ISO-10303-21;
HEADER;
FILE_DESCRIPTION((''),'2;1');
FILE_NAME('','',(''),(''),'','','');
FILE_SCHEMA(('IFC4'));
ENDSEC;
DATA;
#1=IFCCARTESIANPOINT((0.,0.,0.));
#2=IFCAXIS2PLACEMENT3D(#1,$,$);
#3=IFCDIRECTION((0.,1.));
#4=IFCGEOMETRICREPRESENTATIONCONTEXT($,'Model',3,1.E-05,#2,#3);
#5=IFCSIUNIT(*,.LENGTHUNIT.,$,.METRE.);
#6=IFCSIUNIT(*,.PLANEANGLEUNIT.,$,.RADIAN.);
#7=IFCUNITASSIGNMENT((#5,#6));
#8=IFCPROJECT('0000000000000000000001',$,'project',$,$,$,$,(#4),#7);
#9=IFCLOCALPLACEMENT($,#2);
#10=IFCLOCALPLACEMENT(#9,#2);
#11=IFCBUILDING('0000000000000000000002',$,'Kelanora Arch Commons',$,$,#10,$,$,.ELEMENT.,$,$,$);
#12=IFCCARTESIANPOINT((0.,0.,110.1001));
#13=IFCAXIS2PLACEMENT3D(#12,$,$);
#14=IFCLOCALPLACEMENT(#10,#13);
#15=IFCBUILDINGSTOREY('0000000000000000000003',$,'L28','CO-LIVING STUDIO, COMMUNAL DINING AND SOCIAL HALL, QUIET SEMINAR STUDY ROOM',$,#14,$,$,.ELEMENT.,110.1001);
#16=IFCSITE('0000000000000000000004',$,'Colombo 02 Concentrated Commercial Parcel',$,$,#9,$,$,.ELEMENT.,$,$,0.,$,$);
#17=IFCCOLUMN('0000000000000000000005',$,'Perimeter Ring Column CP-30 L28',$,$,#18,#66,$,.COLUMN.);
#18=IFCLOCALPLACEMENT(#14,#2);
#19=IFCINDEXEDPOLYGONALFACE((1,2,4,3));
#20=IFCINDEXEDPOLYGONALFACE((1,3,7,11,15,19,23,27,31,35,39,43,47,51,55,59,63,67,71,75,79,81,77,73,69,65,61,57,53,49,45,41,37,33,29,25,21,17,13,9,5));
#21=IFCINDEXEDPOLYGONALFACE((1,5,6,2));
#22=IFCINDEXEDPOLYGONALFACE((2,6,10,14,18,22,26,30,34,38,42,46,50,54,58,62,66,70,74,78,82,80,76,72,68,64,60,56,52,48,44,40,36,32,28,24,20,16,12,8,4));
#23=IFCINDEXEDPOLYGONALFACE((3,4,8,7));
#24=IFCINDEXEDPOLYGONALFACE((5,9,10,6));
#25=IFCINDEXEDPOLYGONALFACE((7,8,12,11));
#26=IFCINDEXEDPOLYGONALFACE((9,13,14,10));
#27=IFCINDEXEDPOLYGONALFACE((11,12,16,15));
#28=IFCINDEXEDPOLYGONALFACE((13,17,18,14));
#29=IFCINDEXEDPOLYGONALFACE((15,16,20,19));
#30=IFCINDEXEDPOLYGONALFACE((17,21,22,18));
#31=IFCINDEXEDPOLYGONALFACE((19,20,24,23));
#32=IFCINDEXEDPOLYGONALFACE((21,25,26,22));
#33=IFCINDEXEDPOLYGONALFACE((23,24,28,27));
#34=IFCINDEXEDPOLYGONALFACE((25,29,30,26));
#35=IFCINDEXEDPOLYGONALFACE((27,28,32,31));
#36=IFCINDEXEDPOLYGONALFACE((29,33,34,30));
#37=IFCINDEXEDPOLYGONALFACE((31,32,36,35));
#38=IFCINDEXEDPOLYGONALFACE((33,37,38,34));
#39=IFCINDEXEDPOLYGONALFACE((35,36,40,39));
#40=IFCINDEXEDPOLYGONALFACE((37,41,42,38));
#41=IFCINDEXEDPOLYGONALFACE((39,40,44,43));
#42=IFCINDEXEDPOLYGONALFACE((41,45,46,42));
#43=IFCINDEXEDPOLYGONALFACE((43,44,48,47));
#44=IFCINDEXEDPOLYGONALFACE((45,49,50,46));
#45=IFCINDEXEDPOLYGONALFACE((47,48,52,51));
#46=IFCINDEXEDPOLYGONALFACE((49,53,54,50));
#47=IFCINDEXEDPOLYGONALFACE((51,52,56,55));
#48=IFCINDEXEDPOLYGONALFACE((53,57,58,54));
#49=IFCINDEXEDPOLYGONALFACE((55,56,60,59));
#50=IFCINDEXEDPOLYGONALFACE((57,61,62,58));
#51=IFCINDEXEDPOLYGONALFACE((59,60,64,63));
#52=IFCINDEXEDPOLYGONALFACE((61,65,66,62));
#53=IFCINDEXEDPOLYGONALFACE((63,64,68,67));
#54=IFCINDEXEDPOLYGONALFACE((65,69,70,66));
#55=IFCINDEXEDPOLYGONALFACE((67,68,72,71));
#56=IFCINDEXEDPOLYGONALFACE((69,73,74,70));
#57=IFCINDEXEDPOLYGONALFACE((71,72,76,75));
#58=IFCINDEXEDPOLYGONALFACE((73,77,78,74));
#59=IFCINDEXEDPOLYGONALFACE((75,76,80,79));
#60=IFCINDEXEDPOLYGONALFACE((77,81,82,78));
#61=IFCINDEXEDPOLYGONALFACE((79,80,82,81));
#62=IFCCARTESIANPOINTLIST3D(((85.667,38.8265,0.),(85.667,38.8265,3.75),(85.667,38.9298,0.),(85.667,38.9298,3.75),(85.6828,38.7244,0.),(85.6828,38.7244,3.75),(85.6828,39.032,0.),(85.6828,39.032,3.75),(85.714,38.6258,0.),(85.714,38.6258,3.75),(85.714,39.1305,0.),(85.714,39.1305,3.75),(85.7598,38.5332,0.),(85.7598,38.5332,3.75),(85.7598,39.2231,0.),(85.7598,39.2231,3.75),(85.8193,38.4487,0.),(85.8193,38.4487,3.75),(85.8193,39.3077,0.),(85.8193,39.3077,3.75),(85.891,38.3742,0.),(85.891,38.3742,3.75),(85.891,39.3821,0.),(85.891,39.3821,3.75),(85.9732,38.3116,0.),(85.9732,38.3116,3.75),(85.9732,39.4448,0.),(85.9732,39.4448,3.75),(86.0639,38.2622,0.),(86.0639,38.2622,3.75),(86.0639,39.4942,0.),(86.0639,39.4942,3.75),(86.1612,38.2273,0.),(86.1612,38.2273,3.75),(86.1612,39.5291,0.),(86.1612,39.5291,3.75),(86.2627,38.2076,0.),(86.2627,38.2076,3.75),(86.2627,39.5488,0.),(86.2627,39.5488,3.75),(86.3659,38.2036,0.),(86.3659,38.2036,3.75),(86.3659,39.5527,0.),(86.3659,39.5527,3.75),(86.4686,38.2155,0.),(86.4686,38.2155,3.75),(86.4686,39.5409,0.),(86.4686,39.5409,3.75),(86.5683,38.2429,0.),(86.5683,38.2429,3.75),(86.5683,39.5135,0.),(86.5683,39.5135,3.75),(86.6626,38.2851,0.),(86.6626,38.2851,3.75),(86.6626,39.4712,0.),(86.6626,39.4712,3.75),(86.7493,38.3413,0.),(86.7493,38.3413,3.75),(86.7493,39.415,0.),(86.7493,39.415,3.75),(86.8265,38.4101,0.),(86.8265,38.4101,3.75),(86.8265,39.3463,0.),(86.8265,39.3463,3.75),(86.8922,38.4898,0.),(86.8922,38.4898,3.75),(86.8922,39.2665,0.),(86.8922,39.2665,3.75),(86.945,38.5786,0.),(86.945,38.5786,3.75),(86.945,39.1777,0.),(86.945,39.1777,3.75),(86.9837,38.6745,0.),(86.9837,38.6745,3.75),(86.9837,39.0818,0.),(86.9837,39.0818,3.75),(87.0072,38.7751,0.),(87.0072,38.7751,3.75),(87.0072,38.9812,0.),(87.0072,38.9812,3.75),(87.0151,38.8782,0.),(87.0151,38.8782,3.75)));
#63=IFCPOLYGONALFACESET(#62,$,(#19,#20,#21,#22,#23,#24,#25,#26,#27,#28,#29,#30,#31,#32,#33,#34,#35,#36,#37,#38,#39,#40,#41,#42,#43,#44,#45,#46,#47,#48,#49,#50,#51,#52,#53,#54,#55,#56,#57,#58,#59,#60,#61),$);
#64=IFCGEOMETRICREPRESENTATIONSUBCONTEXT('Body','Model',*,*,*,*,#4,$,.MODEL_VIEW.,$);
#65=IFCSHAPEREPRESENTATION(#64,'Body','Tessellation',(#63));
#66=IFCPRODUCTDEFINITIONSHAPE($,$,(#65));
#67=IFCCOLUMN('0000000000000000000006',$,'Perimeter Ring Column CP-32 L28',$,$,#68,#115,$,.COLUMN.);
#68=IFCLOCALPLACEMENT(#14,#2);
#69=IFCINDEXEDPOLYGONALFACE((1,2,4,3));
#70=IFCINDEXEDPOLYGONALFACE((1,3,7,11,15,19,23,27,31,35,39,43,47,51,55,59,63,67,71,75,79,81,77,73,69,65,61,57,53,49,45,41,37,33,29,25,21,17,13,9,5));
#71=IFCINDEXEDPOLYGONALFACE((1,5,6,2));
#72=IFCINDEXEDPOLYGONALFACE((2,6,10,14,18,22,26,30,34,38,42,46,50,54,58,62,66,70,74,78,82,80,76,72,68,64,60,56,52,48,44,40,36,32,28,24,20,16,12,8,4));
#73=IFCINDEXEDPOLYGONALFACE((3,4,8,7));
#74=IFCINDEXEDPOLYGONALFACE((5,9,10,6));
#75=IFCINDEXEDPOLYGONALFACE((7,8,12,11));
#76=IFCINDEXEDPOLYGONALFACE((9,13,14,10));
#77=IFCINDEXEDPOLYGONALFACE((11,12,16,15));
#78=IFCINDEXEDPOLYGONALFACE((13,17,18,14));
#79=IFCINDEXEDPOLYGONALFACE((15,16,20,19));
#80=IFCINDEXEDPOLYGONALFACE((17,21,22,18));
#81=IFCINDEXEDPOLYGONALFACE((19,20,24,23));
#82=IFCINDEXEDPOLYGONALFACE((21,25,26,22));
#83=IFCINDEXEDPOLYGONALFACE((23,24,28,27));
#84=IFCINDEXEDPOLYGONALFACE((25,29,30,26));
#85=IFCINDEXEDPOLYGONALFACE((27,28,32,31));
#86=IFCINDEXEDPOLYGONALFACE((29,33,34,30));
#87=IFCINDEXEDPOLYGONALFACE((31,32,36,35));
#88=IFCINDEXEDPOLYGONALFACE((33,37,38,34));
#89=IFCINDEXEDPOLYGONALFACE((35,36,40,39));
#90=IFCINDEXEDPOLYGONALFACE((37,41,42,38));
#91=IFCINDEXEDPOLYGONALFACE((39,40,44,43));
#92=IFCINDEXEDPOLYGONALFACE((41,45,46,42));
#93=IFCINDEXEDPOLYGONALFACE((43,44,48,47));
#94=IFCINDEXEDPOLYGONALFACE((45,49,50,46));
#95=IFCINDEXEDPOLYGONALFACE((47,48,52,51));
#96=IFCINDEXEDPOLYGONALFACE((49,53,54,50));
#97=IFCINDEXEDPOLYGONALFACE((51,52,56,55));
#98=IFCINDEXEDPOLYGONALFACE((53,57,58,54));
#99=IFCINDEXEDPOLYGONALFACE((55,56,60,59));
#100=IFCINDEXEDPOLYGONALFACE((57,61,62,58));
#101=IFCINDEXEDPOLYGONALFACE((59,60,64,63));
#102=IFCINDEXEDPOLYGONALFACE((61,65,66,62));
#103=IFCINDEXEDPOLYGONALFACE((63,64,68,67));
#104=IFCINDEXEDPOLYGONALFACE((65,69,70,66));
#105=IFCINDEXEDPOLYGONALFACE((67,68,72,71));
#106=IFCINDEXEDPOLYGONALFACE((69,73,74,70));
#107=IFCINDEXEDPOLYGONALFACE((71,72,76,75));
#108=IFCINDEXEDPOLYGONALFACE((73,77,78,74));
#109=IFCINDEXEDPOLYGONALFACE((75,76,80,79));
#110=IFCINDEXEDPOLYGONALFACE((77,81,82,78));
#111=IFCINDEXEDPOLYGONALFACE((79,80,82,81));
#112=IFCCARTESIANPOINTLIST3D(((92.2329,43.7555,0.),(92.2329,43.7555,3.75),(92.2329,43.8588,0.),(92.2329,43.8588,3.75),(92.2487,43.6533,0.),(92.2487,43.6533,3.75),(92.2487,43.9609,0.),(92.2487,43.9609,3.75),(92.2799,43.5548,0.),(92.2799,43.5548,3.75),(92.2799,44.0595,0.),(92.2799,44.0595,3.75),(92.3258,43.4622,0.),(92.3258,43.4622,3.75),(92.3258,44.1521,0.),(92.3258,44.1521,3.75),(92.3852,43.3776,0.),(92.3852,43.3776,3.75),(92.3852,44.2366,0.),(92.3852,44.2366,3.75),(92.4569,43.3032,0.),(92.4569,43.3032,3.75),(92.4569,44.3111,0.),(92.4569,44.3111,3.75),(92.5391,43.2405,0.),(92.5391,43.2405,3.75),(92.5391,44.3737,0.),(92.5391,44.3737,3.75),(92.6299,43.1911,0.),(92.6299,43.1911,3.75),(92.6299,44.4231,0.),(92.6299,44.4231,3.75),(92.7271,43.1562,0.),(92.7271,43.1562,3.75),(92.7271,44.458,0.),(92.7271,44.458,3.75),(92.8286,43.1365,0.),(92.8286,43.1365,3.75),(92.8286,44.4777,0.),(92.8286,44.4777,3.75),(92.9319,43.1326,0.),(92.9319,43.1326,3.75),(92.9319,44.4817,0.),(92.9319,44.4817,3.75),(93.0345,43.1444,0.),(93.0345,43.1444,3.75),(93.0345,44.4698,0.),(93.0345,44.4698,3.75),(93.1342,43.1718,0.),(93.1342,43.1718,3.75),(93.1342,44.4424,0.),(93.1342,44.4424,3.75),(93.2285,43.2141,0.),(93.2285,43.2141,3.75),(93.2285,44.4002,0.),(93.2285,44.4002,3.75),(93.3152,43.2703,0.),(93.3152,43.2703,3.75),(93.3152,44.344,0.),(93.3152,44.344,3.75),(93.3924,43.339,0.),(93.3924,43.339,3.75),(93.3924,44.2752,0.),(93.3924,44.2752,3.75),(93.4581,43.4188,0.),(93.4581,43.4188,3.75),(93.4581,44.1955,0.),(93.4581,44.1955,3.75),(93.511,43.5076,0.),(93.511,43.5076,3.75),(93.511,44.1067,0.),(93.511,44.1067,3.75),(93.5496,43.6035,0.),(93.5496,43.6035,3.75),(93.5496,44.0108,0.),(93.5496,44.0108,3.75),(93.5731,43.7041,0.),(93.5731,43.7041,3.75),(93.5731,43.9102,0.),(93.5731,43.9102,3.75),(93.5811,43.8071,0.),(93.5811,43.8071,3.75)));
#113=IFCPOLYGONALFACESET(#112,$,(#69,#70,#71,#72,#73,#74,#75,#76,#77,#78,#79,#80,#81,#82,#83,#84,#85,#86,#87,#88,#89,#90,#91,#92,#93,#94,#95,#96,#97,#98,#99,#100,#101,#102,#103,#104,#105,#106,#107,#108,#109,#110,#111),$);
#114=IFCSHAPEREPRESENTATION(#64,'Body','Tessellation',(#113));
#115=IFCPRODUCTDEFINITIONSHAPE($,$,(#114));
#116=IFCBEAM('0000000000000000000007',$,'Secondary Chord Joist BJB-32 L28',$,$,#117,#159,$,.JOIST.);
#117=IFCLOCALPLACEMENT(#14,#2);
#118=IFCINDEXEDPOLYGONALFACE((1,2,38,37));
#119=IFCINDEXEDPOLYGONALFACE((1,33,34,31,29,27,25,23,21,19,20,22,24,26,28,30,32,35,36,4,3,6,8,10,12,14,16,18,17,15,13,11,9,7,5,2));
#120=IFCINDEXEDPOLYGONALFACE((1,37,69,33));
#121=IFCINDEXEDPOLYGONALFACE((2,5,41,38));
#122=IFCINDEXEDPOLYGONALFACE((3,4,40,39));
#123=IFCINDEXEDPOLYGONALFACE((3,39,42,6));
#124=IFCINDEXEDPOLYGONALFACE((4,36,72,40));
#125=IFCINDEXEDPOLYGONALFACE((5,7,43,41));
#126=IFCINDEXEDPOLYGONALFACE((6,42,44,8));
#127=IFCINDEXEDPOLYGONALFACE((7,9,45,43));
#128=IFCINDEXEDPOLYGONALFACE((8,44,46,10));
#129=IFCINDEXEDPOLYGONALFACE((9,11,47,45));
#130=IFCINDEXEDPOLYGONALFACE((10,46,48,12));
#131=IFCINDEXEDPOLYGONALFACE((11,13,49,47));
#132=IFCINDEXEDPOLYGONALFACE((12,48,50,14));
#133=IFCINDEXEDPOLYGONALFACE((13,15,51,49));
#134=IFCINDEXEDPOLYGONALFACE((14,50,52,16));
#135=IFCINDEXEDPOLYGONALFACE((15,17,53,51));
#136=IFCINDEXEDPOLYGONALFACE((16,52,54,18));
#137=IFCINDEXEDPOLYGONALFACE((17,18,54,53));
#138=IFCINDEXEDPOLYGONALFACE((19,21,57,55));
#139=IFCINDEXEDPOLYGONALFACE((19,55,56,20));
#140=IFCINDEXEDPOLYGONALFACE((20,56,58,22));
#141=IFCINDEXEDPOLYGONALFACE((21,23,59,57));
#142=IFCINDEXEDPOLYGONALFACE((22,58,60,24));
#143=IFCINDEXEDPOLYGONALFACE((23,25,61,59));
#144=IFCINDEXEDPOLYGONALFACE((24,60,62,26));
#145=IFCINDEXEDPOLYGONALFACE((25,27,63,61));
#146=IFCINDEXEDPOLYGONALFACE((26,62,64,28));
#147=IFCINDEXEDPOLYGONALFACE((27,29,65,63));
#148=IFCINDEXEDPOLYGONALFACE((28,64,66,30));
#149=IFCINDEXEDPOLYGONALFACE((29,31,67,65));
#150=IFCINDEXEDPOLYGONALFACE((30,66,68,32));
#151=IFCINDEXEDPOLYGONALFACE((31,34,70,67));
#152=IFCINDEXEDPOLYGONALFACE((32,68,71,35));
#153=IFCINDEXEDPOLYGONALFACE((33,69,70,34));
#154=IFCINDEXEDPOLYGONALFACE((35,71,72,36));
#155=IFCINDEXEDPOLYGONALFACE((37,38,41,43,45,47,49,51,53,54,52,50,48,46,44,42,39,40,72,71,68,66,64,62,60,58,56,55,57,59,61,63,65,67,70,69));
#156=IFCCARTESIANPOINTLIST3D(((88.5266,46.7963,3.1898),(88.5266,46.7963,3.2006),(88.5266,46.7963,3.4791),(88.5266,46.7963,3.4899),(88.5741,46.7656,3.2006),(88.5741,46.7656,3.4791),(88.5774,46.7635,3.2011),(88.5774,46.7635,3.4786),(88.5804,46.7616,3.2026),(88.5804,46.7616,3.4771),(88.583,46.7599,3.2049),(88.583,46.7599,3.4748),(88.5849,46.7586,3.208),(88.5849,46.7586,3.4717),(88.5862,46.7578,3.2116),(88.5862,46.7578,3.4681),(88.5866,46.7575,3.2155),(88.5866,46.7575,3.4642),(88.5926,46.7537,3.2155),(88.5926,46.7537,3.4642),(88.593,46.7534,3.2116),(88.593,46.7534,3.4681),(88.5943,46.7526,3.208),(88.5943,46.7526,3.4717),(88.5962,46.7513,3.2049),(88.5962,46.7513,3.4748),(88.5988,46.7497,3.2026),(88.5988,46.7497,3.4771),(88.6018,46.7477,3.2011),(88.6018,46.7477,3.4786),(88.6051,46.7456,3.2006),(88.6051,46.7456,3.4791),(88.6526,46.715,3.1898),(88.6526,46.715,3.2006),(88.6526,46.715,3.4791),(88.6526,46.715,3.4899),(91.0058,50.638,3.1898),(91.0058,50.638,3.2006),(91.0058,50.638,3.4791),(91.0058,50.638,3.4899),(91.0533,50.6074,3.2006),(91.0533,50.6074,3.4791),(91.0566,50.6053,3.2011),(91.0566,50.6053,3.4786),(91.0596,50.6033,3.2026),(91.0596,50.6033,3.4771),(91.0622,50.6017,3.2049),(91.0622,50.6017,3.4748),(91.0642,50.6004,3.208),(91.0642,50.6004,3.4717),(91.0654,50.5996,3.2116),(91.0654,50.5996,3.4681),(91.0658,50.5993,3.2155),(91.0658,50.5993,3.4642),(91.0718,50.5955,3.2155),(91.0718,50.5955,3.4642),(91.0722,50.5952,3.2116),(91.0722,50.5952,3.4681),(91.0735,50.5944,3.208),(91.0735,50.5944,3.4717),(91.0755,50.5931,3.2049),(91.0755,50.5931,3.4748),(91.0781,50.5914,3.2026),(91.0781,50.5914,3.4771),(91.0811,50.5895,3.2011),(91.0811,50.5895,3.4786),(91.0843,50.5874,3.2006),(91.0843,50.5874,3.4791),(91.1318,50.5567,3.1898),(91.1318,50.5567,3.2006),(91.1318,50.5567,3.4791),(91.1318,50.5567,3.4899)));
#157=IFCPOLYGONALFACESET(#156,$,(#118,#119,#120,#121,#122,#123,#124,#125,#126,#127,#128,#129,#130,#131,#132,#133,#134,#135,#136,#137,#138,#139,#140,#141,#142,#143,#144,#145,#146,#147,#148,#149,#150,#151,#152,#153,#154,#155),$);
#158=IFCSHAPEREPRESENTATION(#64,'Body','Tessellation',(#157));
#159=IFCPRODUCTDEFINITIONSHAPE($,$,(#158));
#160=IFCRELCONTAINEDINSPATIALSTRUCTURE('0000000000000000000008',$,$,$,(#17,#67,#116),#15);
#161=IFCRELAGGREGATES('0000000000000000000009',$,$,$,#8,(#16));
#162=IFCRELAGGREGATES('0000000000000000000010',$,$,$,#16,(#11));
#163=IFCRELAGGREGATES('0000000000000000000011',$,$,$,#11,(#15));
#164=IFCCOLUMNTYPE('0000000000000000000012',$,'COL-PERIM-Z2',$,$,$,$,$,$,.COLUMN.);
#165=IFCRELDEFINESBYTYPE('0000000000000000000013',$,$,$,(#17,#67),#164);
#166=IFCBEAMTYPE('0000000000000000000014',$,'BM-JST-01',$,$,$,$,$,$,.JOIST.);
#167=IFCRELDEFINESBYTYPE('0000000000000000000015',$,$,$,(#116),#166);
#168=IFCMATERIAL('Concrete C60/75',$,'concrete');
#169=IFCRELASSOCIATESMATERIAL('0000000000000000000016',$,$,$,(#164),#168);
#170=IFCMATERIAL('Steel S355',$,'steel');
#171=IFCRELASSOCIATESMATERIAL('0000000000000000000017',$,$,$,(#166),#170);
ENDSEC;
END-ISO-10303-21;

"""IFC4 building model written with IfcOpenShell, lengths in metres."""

from ifc_helpers import new_model, si_unit, direction, frame, origin, origin_2d, place, context, subcontext, project, spatial, circle, i_section, extrude, material, material_profile, profile_set, type_object, element, save


model = new_model("IFC4")

# Units and contexts
model_context = context("Model", 3, precision=1e-05, world=origin(), true_north=direction((0.0, 1.0)))
body_context = subcontext(model_context, "Body", "Model", "MODEL_VIEW")
ifc_project = project(units=[si_unit("LENGTHUNIT", "METRE"), si_unit("PLANEANGLEUNIT", "RADIAN")], contexts=[model_context])

# Site, building, storey
site_placement = place(None, origin())
site = spatial("IfcSite", under=ifc_project, at=site_placement, Name="Colombo 02 Concentrated Commercial Parcel", CompositionType="ELEMENT", RefElevation=0.0)
building_placement = place(site_placement, origin())
building = spatial("IfcBuilding", under=site, at=building_placement, Name="Kelanora Arch Commons", CompositionType="ELEMENT")
storey_placement = place(building_placement, frame((0.0, 0.0, 110.1001)))
storey = spatial("IfcBuildingStorey", under=building, at=storey_placement, Name="L28", Description="CO-LIVING STUDIO, COMMUNAL DINING AND SOCIAL HALL, QUIET SEMINAR STUDY ROOM", CompositionType="ELEMENT", Elevation=110.1001)

# Columns
ifc_material_1 = material(Name="Concrete C60/75", Category="concrete")
ifc_material_profile_1 = material_profile(ifc_material_1, circle(Radius=0.675, at=origin_2d()), Name="RCC1350")
ifc_profile_set_1 = profile_set([ifc_material_profile_1], Name="Concrete C60/75")
column_type = type_object("IfcColumnType", Name="COL-PERIM-Z2", PredefinedType="COLUMN", material=ifc_profile_set_1)
for number, where, z_axis, x_axis, name in (
    (1, (86.3401, 38.8782, 0.0), (0.0, 0.0, 1.0), (1.0, 0.0, 0.0), "Perimeter Ring Column CP-30 L28"),
    (2, (92.906, 43.8071, 0.0), (0.0, 0.0, 1.0), (1.0, 0.0, 0.0), "Perimeter Ring Column CP-32 L28"),
):
    element("IfcColumn", number, at=place(storey_placement, frame(where, z_axis=z_axis, x_axis=x_axis)), inside=storey, type_object=column_type, Name=name, PredefinedType="COLUMN", context=body_context, shape_type="SweptSolid", body=[
        extrude(circle(Radius=0.675, at=origin_2d()), origin(), (0.0, 0.0, 1.0), 3.75),
    ])

# Beam
ifc_material_2 = material(Name="Steel S355", Category="steel")
ifc_material_profile_2 = material_profile(ifc_material_2, i_section(OverallWidth=0.1499, OverallDepth=0.3, WebThickness=0.0071, FlangeThickness=0.0107, FilletRadius=0.0149, at=origin_2d()), Name="IPE300")
ifc_profile_set_2 = profile_set([ifc_material_profile_2], Name="Steel S355")
beam_type_1 = type_object("IfcBeamType", Name="BM-JST-01", PredefinedType="JOIST", material=ifc_profile_set_2)
beam_1_placement = place(storey_placement, frame((88.5896, 46.7556, 3.3398), z_axis=(0.54223, 0.84023, 0.0), x_axis=(-0.84023, 0.54223, 0.0)))
element("IfcBeam", 3, at=beam_1_placement, inside=storey, type_object=beam_type_1, Name="Secondary Chord Joist BJB-32 L28", PredefinedType="JOIST", context=body_context, shape_type="SweptSolid", body=[
    extrude(i_section(OverallWidth=0.1499, OverallDepth=0.3, WebThickness=0.0071, FlangeThickness=0.0107, FilletRadius=0.0149, at=origin_2d()), origin(), (0.0, 0.0, 1.0), 4.5723),
])

save(model, "model.ifc")
